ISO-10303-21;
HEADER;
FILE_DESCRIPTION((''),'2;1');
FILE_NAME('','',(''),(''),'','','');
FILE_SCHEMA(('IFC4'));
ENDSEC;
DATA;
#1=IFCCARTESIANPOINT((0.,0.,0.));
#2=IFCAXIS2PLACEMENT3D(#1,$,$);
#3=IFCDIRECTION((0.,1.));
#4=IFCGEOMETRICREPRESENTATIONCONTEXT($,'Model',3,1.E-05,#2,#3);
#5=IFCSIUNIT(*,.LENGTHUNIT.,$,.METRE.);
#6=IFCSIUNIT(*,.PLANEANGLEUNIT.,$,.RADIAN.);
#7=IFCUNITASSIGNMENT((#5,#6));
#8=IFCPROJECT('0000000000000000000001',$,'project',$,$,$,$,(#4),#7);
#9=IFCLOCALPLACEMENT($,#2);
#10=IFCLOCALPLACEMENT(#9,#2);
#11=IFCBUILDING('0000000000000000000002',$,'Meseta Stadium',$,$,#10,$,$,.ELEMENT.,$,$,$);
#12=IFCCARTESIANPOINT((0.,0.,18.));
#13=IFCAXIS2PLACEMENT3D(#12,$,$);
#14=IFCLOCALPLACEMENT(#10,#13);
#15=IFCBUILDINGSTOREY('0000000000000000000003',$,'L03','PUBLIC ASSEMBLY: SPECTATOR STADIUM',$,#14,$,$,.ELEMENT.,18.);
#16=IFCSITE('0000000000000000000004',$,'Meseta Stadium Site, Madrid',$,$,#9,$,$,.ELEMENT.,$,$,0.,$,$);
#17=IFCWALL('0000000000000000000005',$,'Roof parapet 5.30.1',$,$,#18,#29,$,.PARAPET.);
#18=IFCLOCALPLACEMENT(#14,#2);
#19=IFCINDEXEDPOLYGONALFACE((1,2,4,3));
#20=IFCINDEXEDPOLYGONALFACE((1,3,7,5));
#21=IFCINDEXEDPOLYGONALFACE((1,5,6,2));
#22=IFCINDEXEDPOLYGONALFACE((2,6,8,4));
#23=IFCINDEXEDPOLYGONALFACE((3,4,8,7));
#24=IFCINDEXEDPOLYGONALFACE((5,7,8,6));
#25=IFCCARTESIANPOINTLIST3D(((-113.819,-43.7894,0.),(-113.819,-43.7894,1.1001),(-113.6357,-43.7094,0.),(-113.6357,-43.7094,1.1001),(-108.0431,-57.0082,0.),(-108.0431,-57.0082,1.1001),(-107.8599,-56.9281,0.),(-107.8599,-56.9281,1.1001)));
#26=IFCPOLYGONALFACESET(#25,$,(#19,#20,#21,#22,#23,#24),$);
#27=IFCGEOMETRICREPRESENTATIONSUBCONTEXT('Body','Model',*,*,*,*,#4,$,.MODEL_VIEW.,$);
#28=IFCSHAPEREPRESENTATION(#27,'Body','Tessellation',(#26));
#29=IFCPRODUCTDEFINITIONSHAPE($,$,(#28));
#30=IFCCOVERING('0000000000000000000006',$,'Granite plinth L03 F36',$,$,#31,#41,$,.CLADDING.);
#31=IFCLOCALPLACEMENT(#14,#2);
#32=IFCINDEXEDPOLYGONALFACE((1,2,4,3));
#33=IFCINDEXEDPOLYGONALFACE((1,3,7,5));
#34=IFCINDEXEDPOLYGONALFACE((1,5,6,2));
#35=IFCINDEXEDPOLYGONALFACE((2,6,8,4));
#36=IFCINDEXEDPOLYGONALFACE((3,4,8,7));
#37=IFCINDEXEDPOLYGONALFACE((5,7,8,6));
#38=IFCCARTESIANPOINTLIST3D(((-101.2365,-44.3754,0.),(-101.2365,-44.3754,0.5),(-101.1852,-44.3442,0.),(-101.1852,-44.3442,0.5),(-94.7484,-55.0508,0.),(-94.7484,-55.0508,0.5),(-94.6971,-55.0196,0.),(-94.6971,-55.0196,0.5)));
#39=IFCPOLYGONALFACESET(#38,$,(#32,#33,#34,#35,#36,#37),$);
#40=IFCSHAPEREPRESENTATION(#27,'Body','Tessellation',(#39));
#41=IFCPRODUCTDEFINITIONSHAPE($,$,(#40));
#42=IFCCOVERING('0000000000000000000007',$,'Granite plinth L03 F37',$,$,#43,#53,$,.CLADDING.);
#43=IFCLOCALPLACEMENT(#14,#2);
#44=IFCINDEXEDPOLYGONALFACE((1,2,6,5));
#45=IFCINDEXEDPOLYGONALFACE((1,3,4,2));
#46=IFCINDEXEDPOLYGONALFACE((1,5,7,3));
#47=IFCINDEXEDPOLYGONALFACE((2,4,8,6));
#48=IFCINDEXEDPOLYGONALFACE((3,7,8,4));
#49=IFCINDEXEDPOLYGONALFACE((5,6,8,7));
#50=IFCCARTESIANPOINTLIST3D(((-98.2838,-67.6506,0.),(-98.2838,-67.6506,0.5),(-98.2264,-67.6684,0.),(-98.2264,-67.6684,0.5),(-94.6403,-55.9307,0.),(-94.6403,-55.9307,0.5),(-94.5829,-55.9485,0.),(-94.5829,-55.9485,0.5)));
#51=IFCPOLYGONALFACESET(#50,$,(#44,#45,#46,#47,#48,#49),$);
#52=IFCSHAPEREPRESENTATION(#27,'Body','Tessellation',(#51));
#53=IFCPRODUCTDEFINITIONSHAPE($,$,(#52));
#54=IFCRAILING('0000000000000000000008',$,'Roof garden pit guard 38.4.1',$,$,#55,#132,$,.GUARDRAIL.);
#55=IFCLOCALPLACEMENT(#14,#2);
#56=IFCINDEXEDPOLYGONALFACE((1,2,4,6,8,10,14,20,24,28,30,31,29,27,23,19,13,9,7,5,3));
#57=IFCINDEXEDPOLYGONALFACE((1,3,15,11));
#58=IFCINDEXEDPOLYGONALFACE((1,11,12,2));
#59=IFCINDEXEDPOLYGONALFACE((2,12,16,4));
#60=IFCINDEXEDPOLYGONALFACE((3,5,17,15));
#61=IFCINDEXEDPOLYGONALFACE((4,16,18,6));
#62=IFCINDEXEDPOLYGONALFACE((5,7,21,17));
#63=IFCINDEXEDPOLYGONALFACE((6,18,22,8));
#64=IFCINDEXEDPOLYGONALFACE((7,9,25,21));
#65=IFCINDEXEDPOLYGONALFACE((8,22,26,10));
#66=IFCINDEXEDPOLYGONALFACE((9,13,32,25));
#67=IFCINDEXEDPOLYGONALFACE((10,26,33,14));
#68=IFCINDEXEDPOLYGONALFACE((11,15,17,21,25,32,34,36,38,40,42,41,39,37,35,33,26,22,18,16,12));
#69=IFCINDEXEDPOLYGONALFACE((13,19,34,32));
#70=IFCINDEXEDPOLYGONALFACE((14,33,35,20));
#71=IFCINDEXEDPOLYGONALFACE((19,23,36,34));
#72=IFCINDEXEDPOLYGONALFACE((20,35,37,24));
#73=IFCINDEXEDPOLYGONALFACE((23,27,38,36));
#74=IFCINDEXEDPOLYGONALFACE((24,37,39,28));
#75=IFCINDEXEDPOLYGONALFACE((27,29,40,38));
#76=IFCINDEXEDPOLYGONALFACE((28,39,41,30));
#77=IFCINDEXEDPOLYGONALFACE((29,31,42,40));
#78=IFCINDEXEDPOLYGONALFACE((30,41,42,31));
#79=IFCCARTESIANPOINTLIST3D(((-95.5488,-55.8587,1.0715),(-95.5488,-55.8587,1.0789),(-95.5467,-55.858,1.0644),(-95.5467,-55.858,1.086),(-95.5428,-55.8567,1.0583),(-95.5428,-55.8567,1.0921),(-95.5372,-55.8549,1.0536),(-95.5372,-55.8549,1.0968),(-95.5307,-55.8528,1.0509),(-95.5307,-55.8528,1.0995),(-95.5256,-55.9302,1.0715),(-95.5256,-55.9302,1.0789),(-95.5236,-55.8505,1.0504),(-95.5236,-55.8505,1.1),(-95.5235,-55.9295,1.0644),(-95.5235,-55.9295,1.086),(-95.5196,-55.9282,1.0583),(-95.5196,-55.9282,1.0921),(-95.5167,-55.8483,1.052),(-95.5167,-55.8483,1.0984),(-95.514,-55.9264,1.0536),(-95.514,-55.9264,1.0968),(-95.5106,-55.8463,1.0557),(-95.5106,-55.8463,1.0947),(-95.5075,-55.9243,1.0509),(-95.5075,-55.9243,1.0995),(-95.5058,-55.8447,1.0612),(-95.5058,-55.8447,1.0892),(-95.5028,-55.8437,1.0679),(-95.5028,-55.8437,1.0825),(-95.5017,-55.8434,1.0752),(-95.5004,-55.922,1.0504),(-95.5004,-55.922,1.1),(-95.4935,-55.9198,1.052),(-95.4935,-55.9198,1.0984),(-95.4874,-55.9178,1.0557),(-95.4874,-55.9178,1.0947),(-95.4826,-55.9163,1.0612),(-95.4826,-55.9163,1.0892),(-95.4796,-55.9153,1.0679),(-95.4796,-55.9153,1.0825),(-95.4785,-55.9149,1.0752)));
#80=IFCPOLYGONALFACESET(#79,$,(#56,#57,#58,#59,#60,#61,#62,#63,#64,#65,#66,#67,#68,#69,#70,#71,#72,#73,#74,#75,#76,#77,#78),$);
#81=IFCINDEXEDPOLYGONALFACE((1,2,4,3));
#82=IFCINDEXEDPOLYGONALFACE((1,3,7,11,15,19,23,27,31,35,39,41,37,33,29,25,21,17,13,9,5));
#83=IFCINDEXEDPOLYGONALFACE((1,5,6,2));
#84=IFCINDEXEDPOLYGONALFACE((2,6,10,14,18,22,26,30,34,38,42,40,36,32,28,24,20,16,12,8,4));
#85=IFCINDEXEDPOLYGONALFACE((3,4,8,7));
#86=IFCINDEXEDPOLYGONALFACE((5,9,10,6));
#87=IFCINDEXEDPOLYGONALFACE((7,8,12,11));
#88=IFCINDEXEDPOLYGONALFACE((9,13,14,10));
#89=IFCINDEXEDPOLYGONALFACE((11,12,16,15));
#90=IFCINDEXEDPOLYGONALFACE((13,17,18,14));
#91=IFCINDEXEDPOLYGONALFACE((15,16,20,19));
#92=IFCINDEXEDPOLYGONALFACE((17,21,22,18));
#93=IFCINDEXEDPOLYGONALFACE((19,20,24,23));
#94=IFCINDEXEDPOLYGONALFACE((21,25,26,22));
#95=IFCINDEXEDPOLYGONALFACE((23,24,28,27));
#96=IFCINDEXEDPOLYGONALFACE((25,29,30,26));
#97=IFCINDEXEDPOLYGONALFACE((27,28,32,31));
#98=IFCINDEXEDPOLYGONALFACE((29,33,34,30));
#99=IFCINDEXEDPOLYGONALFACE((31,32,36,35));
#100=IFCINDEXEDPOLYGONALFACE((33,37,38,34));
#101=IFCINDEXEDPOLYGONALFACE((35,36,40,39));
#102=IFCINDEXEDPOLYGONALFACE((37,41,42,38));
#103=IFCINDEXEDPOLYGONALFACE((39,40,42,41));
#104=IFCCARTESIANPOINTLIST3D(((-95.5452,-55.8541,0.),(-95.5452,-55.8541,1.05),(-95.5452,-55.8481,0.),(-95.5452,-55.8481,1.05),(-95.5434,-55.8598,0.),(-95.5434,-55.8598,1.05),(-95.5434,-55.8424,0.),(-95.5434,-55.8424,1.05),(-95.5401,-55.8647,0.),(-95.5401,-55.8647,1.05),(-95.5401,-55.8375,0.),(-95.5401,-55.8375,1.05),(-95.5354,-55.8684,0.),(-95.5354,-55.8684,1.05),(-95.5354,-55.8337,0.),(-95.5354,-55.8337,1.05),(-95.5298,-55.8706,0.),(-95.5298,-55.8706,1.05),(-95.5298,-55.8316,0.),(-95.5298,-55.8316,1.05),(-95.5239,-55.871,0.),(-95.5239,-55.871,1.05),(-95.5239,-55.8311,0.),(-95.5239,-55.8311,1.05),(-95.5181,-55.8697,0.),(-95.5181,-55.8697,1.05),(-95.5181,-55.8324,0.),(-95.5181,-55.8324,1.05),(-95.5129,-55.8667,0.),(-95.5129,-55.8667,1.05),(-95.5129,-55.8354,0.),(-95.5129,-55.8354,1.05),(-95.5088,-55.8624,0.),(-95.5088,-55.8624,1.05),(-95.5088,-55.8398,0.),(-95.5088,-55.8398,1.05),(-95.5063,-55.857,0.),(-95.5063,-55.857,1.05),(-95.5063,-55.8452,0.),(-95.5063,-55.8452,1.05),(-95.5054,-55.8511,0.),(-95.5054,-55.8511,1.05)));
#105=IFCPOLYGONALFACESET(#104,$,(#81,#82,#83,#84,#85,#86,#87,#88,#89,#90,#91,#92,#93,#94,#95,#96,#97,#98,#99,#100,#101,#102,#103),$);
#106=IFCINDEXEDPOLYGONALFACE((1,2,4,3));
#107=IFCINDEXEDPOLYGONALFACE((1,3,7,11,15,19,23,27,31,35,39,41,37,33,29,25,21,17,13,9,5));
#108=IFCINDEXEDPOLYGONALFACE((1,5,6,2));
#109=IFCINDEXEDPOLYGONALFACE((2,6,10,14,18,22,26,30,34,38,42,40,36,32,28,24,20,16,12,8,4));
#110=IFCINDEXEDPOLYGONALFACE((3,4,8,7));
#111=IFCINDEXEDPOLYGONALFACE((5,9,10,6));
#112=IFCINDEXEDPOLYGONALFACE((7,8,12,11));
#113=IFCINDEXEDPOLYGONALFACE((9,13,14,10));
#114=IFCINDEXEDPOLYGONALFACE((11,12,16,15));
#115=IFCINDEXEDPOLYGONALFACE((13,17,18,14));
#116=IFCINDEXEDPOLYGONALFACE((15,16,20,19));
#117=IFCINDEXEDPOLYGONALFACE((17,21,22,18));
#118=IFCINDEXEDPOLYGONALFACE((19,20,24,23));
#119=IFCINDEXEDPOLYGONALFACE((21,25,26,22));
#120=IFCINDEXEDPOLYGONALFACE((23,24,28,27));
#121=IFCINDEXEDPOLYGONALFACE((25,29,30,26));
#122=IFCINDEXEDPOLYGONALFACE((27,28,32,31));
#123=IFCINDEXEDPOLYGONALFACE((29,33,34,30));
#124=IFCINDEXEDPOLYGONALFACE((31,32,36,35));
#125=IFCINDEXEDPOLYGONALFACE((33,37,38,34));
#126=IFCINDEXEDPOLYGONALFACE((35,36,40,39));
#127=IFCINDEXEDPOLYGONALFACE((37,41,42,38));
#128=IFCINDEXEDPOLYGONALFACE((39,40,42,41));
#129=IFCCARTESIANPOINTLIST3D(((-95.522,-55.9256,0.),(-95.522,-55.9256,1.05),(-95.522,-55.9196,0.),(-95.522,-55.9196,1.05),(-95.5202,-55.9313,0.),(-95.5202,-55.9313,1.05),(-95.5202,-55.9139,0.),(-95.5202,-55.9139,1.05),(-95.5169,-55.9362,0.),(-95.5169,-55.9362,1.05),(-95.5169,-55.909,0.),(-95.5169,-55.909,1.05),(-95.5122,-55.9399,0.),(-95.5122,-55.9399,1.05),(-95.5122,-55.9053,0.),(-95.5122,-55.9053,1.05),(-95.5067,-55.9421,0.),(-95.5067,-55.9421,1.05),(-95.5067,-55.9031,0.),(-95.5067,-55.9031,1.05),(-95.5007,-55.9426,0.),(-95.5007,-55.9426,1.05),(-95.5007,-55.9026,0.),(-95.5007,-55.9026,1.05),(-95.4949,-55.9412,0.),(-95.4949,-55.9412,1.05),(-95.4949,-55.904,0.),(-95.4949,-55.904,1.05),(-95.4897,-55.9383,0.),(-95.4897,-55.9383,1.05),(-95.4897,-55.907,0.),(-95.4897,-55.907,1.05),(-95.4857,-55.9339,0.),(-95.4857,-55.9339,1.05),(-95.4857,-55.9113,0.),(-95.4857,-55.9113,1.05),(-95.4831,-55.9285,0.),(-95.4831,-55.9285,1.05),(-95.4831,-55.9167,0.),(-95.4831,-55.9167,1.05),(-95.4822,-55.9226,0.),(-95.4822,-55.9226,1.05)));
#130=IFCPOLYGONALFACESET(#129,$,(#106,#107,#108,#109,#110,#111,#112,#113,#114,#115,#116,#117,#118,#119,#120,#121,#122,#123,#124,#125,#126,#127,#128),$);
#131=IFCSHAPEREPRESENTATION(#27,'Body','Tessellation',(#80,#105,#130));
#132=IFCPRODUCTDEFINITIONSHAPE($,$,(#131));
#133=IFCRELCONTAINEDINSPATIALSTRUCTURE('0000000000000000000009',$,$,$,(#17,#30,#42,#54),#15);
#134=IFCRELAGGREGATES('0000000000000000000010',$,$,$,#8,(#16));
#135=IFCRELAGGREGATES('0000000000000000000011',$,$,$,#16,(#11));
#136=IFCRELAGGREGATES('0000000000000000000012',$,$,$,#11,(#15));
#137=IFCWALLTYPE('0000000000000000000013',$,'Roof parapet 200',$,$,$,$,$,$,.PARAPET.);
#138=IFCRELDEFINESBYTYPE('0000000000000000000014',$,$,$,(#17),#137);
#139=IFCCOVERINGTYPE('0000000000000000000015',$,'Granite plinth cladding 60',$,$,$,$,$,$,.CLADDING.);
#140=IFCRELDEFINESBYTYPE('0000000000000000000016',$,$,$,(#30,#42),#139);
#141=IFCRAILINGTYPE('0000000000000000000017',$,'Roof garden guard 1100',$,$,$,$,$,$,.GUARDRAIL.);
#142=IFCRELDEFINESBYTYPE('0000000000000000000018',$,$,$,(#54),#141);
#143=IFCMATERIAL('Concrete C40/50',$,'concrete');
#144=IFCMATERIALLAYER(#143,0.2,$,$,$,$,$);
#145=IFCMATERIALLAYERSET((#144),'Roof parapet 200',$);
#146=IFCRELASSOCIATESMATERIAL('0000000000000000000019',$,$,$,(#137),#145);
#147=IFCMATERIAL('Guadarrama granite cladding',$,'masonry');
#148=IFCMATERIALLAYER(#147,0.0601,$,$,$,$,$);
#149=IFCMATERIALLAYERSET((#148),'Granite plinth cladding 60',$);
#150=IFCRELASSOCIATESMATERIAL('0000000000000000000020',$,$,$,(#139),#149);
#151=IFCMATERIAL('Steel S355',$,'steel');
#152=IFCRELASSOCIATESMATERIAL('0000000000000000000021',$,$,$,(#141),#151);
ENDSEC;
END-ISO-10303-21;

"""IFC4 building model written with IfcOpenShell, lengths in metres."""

from ifc_helpers import new_model, si_unit, direction, frame, frame_2d, origin, origin_2d, place, context, subcontext, project, spatial, rectangle, circle, extrude, material, layer, layer_set, type_object, element, save


model = new_model("IFC4")

# Units and contexts
model_context = context("Model", 3, precision=1e-05, world=origin(), true_north=direction((0.0, 1.0)))
body_context = subcontext(model_context, "Body", "Model", "MODEL_VIEW")
ifc_project = project(units=[si_unit("LENGTHUNIT", "METRE"), si_unit("PLANEANGLEUNIT", "RADIAN")], contexts=[model_context])

# Site, building, storey
site_placement = place(None, origin())
site = spatial("IfcSite", under=ifc_project, at=site_placement, Name="Meseta Stadium Site, Madrid", CompositionType="ELEMENT", RefElevation=0.0)
building_placement = place(site_placement, origin())
building = spatial("IfcBuilding", under=site, at=building_placement, Name="Meseta Stadium", CompositionType="ELEMENT")
storey_placement = place(building_placement, frame((0.0, 0.0, 18.0)))
storey = spatial("IfcBuildingStorey", under=building, at=storey_placement, Name="L03", Description="PUBLIC ASSEMBLY: SPECTATOR STADIUM", CompositionType="ELEMENT", Elevation=18.0)

# Wall
ifc_material_1 = material(Name="Concrete C40/50", Category="concrete")
ifc_layer_1 = layer(ifc_material_1, 0.2)
ifc_layer_set_1 = layer_set([ifc_layer_1], Name="Roof parapet 200")
wall_type_1 = type_object("IfcWallType", Name="Roof parapet 200", PredefinedType="PARAPET", material=ifc_layer_set_1)
wall_1_placement = place(storey_placement, frame((-107.9514, -56.9683, 0.0), z_axis=(0.0, 0.0, 1.0), x_axis=(-0.400393, 0.916344, 0.0)))
element("IfcWall", 1, at=wall_1_placement, inside=storey, type_object=wall_type_1, Name="Roof parapet 5.30.1", PredefinedType="PARAPET", context=body_context, shape_type="SweptSolid", body=[
    extrude(rectangle(XDim=14.4255, YDim=0.2, at=frame_2d((7.2129, 0.0))), origin(), (0.0, 0.0, 1.0), 1.1001),
])

# Coverings
ifc_material_2 = material(Name="Guadarrama granite cladding", Category="masonry")
ifc_layer_2 = layer(ifc_material_2, 0.0601)
ifc_layer_set_2 = layer_set([ifc_layer_2], Name="Granite plinth cladding 60")
covering_type_1 = type_object("IfcCoveringType", Name="Granite plinth cladding 60", PredefinedType="CLADDING", material=ifc_layer_set_2)
covering_1_placement = place(storey_placement, frame((-97.9668, -49.6975, 0.0), z_axis=(0.0, 0.0, 1.0), x_axis=(-0.519363, 0.854554, 0.0)))
element("IfcCovering", 2, at=covering_1_placement, inside=storey, type_object=covering_type_1, Name="Granite plinth L03 F36", PredefinedType="CLADDING", context=body_context, shape_type="SweptSolid", body=[
    extrude(rectangle(XDim=12.4924, YDim=0.0601, at=origin_2d()), origin(), (0.0, 0.0, 1.0), 0.5),
])
covering_2_placement = place(storey_placement, frame((-96.4333, -61.7996, 0.0), z_axis=(0.0, 0.0, 1.0), x_axis=(0.296868, 0.954918, 0.0)))
element("IfcCovering", 3, at=covering_2_placement, inside=storey, type_object=covering_type_1, Name="Granite plinth L03 F37", PredefinedType="CLADDING", context=body_context, shape_type="SweptSolid", body=[
    extrude(rectangle(XDim=12.2732, YDim=0.0601, at=origin_2d()), origin(), (0.0, 0.0, 1.0), 0.5),
])

# Railing
ifc_material_3 = material(Name="Steel S355", Category="steel")
railing_type = type_object("IfcRailingType", Name="Roof garden guard 1100", PredefinedType="GUARDRAIL", material=ifc_material_3)
railing_1_placement = place(storey_placement, frame((-95.5254, -55.8511, 0.0)))
element("IfcRailing", 4, at=railing_1_placement, inside=storey, type_object=railing_type, Name="Roof garden pit guard 38.4.1", PredefinedType="GUARDRAIL", context=body_context, shape_type="SweptSolid", body=[
    extrude(circle(Radius=0.0249, at=origin_2d()), frame((0.0, 0.0, 1.0752), z_axis=(0.308425, -0.951249, 0.0), x_axis=(0.951249, 0.308425, 0.0)), (0.0, 0.0, 1.0), 0.0752),
    extrude(circle(Radius=0.02, at=origin_2d()), origin(), (0.0, 0.0, 1.0), 1.05),
    extrude(circle(Radius=0.02, at=origin_2d()), frame((0.0232, -0.0715, 0.0)), (0.0, 0.0, 1.0), 1.05),
])

save(model, "model.ifc")
